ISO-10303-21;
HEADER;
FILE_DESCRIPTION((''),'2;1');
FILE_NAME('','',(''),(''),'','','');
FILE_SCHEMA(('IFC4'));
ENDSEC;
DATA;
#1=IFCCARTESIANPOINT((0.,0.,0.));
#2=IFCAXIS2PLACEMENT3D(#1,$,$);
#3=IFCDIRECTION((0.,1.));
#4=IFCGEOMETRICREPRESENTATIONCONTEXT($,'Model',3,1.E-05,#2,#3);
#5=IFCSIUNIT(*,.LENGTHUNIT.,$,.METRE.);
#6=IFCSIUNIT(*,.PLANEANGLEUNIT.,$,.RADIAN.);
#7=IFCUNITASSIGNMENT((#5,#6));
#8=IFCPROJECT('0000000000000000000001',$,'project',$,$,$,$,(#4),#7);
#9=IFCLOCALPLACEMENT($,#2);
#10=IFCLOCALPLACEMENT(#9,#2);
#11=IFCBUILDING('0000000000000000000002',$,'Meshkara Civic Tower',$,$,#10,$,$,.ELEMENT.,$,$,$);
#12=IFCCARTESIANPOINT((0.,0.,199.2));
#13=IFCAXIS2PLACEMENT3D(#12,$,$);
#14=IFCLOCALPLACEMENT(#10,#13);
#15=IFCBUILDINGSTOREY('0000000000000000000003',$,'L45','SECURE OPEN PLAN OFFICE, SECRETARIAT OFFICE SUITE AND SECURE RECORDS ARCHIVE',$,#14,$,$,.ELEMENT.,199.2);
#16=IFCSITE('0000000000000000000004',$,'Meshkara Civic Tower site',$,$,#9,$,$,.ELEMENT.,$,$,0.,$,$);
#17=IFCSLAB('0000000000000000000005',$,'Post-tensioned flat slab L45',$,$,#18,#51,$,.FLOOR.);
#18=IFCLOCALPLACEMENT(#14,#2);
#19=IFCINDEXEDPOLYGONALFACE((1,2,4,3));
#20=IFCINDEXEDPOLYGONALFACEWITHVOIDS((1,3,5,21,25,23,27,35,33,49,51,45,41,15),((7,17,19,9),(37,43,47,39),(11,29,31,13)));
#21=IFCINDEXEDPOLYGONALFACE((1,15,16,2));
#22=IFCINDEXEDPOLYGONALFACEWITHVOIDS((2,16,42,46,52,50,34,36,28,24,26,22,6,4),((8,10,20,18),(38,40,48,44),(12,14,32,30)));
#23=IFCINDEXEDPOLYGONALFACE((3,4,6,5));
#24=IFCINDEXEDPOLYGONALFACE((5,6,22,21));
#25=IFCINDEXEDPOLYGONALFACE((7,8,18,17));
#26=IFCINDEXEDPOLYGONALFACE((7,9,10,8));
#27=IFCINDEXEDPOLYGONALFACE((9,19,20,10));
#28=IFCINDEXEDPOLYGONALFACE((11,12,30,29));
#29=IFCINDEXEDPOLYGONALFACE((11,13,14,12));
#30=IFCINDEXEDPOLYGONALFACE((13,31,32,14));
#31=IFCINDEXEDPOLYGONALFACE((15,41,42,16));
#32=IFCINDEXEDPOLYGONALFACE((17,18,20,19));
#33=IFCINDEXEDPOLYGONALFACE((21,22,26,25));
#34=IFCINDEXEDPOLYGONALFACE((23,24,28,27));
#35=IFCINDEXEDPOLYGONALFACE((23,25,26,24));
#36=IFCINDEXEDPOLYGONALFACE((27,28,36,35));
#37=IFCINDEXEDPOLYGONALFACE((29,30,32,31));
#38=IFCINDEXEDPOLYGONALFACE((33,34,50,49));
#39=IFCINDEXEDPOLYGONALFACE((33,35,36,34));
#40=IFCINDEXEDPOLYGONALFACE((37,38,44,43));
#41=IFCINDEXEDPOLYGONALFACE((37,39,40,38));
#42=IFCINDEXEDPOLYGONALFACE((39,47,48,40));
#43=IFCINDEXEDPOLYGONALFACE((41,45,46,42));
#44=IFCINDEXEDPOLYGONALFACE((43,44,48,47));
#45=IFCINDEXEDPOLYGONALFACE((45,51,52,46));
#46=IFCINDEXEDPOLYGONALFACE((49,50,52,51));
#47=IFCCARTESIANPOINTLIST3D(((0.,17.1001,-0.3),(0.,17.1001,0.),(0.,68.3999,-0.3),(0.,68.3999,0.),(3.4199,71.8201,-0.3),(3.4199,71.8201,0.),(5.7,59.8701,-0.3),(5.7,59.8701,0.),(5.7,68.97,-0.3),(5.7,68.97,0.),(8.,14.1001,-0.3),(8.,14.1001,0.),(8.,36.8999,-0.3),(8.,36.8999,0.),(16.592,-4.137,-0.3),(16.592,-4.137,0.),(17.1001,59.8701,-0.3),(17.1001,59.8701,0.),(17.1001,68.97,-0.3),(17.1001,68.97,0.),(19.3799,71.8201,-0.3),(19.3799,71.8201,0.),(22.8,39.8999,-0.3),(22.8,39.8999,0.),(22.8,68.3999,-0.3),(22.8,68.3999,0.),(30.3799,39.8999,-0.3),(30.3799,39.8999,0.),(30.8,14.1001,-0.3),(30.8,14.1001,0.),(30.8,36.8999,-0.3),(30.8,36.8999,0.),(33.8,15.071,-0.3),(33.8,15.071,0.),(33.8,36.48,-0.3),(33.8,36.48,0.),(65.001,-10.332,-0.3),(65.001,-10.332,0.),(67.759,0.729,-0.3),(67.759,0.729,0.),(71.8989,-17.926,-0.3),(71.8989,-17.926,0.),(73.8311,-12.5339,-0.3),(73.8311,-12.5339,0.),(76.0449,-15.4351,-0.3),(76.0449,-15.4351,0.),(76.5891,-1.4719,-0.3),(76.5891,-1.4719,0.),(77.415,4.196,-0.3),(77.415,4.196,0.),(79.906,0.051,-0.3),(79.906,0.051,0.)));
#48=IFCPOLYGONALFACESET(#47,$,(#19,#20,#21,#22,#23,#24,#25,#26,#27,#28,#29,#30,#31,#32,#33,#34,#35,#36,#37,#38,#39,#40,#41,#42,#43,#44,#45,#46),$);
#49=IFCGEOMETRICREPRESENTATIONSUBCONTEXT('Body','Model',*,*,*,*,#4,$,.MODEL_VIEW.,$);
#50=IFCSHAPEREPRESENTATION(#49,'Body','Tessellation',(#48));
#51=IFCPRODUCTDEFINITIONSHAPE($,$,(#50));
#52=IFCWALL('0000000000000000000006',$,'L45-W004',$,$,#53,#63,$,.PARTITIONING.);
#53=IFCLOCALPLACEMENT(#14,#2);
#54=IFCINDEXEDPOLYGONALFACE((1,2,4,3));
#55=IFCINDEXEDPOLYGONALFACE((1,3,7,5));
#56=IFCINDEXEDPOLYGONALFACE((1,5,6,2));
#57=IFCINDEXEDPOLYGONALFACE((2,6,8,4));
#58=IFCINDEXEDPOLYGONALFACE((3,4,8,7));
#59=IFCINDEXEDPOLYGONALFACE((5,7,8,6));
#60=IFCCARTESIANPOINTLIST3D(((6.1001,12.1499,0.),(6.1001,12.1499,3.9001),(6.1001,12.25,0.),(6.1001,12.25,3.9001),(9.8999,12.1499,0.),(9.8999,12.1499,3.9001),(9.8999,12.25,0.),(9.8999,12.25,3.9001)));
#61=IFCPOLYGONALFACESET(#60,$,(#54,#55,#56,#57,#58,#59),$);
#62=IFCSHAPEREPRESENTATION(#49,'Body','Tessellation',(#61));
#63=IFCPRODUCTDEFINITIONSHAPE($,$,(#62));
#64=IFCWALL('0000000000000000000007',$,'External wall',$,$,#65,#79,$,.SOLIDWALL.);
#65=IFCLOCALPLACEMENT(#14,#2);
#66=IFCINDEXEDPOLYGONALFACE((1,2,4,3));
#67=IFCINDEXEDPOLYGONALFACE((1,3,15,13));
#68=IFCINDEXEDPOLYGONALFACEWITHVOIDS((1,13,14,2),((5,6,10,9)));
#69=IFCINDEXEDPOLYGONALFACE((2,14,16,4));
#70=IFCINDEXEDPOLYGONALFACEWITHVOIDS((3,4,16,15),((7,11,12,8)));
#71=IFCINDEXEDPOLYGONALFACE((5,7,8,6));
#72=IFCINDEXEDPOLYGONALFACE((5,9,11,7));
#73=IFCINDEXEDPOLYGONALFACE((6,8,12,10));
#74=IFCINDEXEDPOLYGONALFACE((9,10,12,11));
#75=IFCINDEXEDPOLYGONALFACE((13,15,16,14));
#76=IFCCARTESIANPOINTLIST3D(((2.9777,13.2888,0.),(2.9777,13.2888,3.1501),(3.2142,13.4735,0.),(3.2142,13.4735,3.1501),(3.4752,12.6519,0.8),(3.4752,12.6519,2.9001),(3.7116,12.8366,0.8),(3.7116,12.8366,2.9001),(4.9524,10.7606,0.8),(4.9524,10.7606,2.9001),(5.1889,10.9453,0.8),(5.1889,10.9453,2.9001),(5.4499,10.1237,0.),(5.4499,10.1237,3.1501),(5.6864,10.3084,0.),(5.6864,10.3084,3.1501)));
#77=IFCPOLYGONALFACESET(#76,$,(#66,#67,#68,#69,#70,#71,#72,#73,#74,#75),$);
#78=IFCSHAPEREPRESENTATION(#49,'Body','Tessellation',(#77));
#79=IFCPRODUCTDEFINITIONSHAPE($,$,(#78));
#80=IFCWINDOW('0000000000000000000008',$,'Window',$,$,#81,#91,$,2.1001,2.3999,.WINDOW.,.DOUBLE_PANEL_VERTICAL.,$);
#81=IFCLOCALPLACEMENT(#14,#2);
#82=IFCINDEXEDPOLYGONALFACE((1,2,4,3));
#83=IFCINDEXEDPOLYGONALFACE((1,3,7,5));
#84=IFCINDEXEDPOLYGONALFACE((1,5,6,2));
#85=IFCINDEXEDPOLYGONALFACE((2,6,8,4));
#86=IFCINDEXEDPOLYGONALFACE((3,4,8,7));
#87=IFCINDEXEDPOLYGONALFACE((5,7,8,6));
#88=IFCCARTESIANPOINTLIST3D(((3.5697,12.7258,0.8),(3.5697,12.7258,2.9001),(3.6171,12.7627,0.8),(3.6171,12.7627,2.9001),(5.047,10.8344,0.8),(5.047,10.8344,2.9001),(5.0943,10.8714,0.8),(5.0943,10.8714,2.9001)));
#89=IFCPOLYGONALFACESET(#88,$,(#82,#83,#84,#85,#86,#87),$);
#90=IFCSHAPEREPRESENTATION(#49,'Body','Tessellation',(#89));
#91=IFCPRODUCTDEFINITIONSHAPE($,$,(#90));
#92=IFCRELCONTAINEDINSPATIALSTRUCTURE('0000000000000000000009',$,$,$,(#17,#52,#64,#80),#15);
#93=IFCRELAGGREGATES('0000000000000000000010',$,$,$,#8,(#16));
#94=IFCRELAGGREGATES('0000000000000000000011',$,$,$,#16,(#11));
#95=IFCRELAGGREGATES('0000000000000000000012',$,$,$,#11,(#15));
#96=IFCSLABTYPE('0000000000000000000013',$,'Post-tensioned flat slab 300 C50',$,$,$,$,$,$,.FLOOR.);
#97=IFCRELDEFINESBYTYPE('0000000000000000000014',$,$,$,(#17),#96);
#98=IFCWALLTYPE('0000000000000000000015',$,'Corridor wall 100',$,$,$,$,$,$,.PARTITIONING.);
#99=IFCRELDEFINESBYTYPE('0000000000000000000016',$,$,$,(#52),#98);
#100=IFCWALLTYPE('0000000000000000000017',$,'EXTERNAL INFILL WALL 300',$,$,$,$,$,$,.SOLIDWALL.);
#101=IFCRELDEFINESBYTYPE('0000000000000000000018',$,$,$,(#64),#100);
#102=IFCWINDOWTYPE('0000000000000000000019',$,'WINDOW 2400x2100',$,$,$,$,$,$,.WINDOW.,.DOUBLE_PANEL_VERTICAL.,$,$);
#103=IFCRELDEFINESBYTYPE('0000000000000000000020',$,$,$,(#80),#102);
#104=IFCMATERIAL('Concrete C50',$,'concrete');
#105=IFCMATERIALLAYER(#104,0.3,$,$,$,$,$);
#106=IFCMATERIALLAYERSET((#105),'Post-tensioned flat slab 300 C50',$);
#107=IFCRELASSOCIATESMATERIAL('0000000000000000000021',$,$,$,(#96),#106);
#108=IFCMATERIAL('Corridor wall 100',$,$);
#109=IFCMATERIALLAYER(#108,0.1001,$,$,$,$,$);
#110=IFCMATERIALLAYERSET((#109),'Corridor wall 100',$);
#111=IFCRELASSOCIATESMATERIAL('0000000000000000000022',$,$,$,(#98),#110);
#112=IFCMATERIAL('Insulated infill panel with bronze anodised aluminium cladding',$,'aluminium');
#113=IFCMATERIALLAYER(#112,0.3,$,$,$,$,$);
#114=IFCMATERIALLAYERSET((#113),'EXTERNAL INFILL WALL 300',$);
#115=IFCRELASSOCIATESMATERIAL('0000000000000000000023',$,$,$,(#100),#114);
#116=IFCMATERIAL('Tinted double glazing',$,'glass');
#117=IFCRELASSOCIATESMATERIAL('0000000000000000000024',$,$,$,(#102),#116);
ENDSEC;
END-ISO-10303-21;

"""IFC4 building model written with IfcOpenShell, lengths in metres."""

from ifc_helpers import new_model, si_unit, direction, frame, frame_2d, origin, place, context, subcontext, project, spatial, polyline, rectangle, outline, extrude, material, layer, layer_set, type_object, element, fill, save


model = new_model("IFC4")

# Units and contexts
model_context = context("Model", 3, precision=1e-05, world=origin(), true_north=direction((0.0, 1.0)))
body_context = subcontext(model_context, "Body", "Model", "MODEL_VIEW")
ifc_project = project(units=[si_unit("LENGTHUNIT", "METRE"), si_unit("PLANEANGLEUNIT", "RADIAN")], contexts=[model_context])

# Site, building, storey
site_placement = place(None, origin())
site = spatial("IfcSite", under=ifc_project, at=site_placement, Name="Meshkara Civic Tower site", CompositionType="ELEMENT", RefElevation=0.0)
building_placement = place(site_placement, origin())
building = spatial("IfcBuilding", under=site, at=building_placement, Name="Meshkara Civic Tower", CompositionType="ELEMENT")
storey_placement = place(building_placement, frame((0.0, 0.0, 199.2)))
storey = spatial("IfcBuildingStorey", under=building, at=storey_placement, Name="L45", Description="SECURE OPEN PLAN OFFICE, SECRETARIAT OFFICE SUITE AND SECURE RECORDS ARCHIVE", CompositionType="ELEMENT", Elevation=199.2)

# Slab
ifc_material_1 = material(Name="Concrete C50", Category="concrete")
ifc_layer_1 = layer(ifc_material_1, 0.3)
ifc_layer_set_1 = layer_set([ifc_layer_1], Name="Post-tensioned flat slab 300 C50")
slab_type_1 = type_object("IfcSlabType", Name="Post-tensioned flat slab 300 C50", PredefinedType="FLOOR", material=ifc_layer_set_1)
slab_1_placement = place(storey_placement, frame((0.0, 0.0, -0.3)))
element("IfcSlab", 1, at=slab_1_placement, inside=storey, type_object=slab_type_1, Name="Post-tensioned flat slab L45", PredefinedType="FLOOR", context=body_context, shape_type="SweptSolid", body=[
    extrude(outline(polyline([(76.0449, -15.4351), (71.8989, -17.926), (16.592, -4.137), (0.0, 17.1001), (0.0, 68.3999), (3.4199, 71.8201), (19.3799, 71.8201), (22.8, 68.3999), (22.8, 39.8999), (30.3799, 39.8999), (33.8, 36.48), (33.8, 15.071), (77.415, 4.196), (79.906, 0.051), (76.0449, -15.4351)]), holes=[polyline([(73.8311, -12.5339), (76.5891, -1.4719), (67.759, 0.729), (65.001, -10.332), (73.8311, -12.5339)]), polyline([(8.0, 14.1001), (30.8, 14.1001), (30.8, 36.8999), (8.0, 36.8999), (8.0, 14.1001)]), polyline([(5.7, 68.97), (5.7, 59.8701), (17.1001, 59.8701), (17.1001, 68.97), (5.7, 68.97)])]), origin(), (0.0, 0.0, 1.0), 0.3),
])

# Wall
ifc_material_2 = material(Name="Corridor wall 100")
ifc_layer_2 = layer(ifc_material_2, 0.1001)
ifc_layer_set_2 = layer_set([ifc_layer_2], Name="Corridor wall 100")
wall_type_1 = type_object("IfcWallType", Name="Corridor wall 100", PredefinedType="PARTITIONING", material=ifc_layer_set_2)
wall_1_placement = place(storey_placement, frame((6.1001, 12.2, 0.0), z_axis=(0.0, 0.0, 1.0), x_axis=(1.0, 0.0, 0.0)))
element("IfcWall", 2, at=wall_1_placement, inside=storey, type_object=wall_type_1, Name="L45-W004", PredefinedType="PARTITIONING", context=body_context, shape_type="SweptSolid", body=[
    extrude(rectangle(XDim=3.7998, YDim=0.1001, at=frame_2d((1.8999, 0.0))), origin(), (0.0, 0.0, 1.0), 3.9001),
])

# Wall, opening, window
ifc_material_3 = material(Name="Insulated infill panel with bronze anodised aluminium cladding", Category="aluminium")
ifc_layer_3 = layer(ifc_material_3, 0.3)
ifc_layer_set_3 = layer_set([ifc_layer_3], Name="EXTERNAL INFILL WALL 300")
wall_type_2 = type_object("IfcWallType", Name="EXTERNAL INFILL WALL 300", PredefinedType="SOLIDWALL", material=ifc_layer_set_3)
wall_2_placement = place(storey_placement, frame((3.0959, 13.3811, 0.0), z_axis=(0.0, 0.0, 1.0), x_axis=(0.615564, -0.788087, 0.0)))
wall_2 = element("IfcWall", 3, at=wall_2_placement, inside=storey, type_object=wall_type_2, Name="External wall", PredefinedType="SOLIDWALL", context=body_context, shape_type="SweptSolid", body=[
    extrude(rectangle(XDim=4.0161, YDim=0.3, at=frame_2d((2.0081, 0.0))), origin(), (0.0, 0.0, 1.0), 3.1501),
])
opening_placement = place(wall_2_placement, frame((0.8081, 0.0, 0.8)))
opening = element("IfcOpeningElement", 4, at=opening_placement, cuts=wall_2, PredefinedType="OPENING", context=body_context, shape_type="SweptSolid", body=[
    extrude(rectangle(XDim=2.3999, YDim=2.1001, at=frame_2d((1.2, 1.05))), frame((0.0, 0.1599, 0.0), z_axis=(0.0, -1.0, 0.0), x_axis=(1.0, 0.0, 0.0)), (0.0, 0.0, 1.0), 0.3201),
])
ifc_material_4 = material(Name="Tinted double glazing", Category="glass")
window_type = type_object("IfcWindowType", Name="WINDOW 2400x2100", PartitioningType="DOUBLE_PANEL_VERTICAL", PredefinedType="WINDOW", material=ifc_material_4)
window_placement = place(opening_placement, origin())
window = element("IfcWindow", 5, at=window_placement, inside=storey, type_object=window_type, Name="Window", OverallHeight=2.1001, OverallWidth=2.3999, PartitioningType="DOUBLE_PANEL_VERTICAL", PredefinedType="WINDOW", context=body_context, shape_type="SweptSolid", body=[
    extrude(rectangle(XDim=2.3999, YDim=2.1001, at=frame_2d((1.2, 1.05))), frame((0.0, 0.03, 0.0), z_axis=(0.0, -1.0, 0.0), x_axis=(1.0, 0.0, 0.0)), (0.0, 0.0, 1.0), 0.0601),
])
fill(opening, window)

save(model, "model.ifc")
